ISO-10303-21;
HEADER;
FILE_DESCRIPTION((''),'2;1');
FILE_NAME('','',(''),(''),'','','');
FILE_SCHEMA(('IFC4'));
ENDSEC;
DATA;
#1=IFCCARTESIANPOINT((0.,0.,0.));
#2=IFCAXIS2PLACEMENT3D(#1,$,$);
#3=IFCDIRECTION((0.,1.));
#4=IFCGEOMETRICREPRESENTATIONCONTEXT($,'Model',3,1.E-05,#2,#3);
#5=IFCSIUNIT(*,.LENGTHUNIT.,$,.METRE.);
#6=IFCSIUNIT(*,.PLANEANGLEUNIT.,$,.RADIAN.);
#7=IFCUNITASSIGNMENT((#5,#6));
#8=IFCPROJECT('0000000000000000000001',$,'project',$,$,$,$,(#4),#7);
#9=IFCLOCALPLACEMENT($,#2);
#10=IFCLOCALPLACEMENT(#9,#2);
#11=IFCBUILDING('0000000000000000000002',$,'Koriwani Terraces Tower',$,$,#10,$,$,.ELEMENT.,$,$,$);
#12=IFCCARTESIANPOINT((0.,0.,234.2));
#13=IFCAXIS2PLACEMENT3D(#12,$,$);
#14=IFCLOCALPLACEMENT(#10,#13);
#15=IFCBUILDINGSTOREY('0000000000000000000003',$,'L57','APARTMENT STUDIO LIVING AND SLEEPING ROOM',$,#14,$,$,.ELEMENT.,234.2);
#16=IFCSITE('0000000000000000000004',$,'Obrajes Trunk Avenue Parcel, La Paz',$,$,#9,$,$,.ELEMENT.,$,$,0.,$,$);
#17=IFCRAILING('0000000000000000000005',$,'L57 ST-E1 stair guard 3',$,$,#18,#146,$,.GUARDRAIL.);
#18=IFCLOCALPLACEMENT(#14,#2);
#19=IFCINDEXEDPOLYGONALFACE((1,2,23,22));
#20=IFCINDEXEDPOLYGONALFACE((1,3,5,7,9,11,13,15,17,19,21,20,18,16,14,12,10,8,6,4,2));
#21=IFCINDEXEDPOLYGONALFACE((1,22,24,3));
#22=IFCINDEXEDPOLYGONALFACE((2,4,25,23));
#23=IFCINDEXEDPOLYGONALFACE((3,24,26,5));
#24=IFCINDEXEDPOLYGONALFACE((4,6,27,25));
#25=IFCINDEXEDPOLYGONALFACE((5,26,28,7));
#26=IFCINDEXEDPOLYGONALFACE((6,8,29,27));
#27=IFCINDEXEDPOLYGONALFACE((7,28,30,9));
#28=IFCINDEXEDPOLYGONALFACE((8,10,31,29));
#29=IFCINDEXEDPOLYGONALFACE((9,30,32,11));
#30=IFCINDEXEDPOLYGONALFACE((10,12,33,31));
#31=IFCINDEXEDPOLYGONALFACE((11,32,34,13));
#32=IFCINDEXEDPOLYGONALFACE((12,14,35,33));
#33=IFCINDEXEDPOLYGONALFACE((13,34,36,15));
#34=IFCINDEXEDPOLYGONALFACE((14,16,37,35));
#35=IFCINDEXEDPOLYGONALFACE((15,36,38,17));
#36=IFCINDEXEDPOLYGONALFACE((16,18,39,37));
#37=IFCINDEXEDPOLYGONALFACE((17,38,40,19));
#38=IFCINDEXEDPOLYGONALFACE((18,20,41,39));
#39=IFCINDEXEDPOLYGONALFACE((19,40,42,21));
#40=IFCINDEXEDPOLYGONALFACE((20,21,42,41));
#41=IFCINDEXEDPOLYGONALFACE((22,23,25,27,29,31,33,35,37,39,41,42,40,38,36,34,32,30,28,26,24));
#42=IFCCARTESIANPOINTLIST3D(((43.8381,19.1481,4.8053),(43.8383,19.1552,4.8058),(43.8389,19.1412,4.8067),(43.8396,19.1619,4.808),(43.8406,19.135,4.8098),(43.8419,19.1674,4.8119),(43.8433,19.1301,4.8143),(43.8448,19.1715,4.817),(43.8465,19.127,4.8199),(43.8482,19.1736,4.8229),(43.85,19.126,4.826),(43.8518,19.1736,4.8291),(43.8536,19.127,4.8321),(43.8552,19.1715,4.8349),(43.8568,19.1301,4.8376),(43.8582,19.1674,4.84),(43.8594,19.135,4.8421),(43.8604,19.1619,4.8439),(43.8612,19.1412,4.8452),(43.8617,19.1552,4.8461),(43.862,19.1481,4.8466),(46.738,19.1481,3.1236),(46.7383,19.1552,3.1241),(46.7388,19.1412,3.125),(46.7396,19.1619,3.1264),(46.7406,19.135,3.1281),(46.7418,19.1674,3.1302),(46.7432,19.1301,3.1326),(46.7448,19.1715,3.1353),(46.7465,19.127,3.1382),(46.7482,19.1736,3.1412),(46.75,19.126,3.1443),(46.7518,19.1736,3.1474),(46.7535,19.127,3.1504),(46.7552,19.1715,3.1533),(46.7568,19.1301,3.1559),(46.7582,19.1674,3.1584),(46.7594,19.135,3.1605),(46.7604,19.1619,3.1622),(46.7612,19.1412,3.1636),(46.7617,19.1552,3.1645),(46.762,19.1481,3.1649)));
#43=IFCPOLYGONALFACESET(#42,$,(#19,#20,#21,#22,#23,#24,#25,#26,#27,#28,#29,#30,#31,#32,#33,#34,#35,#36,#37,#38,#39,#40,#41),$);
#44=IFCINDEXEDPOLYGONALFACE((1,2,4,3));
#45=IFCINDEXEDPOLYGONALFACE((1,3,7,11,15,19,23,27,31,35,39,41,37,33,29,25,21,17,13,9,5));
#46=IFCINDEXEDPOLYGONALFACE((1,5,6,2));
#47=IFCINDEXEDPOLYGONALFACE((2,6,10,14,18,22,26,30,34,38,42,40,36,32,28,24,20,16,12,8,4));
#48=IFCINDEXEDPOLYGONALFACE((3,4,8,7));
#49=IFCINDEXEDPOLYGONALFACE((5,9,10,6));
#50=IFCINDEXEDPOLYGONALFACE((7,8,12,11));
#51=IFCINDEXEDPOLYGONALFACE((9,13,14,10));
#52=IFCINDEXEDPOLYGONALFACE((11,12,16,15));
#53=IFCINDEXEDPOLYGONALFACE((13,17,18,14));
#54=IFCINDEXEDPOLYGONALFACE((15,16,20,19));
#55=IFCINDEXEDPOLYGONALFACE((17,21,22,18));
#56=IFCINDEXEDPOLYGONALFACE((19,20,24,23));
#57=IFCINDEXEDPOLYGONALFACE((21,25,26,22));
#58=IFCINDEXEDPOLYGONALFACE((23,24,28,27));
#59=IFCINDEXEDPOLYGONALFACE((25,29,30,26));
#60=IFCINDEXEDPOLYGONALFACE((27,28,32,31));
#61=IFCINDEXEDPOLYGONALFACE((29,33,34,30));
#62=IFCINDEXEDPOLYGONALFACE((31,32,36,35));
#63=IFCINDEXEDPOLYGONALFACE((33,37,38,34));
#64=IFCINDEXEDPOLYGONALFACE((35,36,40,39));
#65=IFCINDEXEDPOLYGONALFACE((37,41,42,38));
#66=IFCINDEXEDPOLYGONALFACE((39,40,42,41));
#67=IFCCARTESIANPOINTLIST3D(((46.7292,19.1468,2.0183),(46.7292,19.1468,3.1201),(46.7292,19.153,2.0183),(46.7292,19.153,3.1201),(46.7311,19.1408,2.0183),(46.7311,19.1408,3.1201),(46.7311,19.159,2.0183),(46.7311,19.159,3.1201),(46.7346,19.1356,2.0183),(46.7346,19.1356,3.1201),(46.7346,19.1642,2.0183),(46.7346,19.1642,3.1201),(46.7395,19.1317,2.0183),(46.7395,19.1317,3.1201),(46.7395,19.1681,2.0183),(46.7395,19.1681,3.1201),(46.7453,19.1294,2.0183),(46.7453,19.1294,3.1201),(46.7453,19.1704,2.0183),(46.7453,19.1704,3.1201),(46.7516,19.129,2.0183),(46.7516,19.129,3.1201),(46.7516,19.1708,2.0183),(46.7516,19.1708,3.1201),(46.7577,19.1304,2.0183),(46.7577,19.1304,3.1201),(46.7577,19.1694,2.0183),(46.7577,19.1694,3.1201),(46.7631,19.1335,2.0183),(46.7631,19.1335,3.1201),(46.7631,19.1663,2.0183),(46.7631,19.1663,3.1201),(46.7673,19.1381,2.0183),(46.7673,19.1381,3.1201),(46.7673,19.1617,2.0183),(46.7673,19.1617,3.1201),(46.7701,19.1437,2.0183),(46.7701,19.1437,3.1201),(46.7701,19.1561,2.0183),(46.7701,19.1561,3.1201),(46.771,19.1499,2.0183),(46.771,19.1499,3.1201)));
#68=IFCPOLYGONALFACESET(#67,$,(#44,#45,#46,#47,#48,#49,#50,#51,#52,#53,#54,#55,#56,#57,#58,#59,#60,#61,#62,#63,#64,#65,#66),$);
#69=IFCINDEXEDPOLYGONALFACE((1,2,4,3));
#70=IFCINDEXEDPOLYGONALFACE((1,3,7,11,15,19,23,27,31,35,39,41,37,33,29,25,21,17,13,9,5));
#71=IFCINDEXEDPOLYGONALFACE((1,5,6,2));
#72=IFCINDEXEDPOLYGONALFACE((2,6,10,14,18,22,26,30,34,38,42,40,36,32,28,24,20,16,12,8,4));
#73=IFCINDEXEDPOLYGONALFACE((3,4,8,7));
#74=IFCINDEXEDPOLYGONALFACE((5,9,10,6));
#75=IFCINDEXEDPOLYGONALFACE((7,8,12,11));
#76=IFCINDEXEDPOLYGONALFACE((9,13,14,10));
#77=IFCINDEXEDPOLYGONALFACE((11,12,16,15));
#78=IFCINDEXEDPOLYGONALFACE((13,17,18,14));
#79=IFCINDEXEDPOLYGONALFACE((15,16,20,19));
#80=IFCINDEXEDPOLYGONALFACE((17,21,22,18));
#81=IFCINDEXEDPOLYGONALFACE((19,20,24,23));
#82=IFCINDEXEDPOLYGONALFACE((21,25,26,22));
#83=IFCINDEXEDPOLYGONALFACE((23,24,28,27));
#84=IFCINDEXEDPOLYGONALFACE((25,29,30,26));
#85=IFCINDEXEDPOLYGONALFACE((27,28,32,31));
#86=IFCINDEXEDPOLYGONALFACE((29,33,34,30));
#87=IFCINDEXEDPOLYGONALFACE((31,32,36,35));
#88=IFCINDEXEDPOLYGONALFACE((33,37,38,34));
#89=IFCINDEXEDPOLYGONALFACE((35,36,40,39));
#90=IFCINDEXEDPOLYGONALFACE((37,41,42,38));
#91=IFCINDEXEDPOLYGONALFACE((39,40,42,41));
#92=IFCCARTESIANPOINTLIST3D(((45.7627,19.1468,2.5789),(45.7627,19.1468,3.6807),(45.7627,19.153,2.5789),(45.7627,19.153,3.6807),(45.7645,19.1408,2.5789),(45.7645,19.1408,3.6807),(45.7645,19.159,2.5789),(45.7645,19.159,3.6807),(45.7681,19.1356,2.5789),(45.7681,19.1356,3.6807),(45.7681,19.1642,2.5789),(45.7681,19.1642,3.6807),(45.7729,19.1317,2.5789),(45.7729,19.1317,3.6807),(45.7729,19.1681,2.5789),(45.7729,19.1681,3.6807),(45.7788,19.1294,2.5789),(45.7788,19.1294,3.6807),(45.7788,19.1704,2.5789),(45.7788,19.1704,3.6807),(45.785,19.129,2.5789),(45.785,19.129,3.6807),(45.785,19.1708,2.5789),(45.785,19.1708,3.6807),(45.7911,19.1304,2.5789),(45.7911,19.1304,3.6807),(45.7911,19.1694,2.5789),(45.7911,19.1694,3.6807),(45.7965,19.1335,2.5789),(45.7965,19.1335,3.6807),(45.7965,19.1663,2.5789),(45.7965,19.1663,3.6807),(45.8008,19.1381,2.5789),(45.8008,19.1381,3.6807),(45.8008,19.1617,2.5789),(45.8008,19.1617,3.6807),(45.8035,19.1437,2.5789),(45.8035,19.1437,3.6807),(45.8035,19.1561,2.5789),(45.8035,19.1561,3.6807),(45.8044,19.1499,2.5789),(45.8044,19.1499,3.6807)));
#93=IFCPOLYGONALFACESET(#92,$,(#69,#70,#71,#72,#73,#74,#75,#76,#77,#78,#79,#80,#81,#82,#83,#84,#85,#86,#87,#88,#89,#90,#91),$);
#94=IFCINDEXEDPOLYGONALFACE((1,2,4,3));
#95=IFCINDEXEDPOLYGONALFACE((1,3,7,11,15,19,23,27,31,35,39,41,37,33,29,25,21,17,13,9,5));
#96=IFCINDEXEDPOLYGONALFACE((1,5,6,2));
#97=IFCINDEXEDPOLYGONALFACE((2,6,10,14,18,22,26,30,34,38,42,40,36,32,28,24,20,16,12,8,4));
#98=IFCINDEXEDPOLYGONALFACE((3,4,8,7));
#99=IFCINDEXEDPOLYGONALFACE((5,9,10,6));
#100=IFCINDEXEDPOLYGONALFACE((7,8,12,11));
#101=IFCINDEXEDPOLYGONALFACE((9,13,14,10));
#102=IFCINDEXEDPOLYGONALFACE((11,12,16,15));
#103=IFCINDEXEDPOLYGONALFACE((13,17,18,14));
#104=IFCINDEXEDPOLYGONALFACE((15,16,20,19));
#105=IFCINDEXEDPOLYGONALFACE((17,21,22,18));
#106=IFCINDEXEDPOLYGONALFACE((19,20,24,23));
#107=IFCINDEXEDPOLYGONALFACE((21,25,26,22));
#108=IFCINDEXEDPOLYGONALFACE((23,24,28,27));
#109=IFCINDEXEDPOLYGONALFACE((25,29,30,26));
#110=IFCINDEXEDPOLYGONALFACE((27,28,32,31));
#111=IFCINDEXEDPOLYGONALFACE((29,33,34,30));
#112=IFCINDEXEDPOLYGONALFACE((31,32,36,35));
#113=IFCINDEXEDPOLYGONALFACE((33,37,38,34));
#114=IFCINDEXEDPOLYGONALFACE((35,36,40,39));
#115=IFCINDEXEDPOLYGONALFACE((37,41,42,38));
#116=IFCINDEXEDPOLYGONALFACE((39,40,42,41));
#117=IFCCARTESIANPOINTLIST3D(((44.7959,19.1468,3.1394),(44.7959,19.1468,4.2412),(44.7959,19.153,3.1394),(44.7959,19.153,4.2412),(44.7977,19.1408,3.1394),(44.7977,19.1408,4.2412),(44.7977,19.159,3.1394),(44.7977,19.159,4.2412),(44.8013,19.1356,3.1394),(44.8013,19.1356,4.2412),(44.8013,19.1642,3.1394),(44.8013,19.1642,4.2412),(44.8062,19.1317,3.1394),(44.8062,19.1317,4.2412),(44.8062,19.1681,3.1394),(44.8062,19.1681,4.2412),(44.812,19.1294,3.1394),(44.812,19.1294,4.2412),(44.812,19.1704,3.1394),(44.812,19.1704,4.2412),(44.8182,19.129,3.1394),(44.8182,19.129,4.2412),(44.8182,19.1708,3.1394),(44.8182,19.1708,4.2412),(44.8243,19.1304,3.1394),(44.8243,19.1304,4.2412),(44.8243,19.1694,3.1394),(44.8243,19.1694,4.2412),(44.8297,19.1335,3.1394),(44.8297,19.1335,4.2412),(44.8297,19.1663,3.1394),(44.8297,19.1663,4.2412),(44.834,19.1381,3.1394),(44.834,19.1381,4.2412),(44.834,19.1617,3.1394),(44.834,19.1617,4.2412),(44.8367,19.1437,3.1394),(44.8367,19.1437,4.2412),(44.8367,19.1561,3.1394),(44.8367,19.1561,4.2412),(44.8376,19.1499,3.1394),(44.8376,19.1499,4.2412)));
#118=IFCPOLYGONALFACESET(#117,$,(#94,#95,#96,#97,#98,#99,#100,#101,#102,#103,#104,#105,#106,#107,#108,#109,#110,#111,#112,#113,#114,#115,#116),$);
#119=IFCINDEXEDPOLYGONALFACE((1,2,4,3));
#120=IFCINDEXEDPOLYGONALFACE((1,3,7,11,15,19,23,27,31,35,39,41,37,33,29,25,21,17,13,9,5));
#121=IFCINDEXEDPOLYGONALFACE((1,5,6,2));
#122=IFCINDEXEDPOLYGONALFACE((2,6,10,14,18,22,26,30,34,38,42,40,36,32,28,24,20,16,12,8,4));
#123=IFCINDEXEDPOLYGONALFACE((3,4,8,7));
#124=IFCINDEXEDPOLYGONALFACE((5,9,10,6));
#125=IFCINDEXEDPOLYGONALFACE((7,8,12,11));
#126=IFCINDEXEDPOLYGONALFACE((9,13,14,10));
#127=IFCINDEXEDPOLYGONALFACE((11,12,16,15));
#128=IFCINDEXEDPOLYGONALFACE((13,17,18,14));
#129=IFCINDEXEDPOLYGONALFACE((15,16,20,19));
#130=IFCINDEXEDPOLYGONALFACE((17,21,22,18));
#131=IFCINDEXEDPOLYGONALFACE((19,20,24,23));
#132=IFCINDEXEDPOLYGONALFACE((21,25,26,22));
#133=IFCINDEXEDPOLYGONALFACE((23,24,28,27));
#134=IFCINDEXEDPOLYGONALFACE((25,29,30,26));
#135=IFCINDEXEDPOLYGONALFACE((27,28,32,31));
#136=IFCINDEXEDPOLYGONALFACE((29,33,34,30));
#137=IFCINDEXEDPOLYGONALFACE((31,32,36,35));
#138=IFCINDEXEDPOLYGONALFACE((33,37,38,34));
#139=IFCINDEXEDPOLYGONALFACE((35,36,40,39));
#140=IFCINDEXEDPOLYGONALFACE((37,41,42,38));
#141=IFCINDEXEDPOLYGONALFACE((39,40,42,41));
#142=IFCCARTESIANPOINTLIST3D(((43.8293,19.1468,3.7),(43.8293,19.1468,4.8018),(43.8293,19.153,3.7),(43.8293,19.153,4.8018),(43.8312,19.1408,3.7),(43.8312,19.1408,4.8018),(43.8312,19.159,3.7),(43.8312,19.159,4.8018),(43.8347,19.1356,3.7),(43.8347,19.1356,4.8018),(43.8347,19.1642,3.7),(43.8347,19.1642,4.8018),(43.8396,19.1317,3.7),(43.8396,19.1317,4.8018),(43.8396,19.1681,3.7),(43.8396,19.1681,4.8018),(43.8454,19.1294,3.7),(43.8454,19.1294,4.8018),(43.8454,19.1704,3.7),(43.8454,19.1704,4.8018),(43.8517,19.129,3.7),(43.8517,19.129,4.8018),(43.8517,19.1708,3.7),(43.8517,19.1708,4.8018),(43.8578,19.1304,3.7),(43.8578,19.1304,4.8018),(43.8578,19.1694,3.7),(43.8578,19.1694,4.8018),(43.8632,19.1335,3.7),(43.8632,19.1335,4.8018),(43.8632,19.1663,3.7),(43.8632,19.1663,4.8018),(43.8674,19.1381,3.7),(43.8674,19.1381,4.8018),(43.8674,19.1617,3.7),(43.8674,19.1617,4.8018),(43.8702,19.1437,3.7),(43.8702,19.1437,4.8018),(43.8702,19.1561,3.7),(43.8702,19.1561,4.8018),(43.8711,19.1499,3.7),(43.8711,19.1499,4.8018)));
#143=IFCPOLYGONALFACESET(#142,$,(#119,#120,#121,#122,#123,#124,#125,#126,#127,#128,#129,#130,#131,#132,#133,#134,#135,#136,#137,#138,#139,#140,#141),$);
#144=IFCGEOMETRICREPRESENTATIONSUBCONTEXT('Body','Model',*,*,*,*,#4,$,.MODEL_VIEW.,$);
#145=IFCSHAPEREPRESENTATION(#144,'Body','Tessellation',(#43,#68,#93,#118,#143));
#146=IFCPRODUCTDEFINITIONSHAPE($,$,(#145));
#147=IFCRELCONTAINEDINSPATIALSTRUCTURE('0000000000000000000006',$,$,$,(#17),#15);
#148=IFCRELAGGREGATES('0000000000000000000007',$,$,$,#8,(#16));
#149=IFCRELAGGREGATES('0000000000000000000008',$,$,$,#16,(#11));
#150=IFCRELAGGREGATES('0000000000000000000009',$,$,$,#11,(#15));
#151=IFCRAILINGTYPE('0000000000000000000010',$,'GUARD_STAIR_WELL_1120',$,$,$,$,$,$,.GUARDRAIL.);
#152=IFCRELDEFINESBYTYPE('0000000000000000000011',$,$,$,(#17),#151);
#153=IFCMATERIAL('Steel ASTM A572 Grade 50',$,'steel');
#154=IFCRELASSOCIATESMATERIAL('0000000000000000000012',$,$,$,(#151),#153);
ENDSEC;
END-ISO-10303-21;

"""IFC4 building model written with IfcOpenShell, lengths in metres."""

from ifc_helpers import new_model, si_unit, direction, frame, origin, origin_2d, place, context, subcontext, project, spatial, circle, extrude, material, type_object, element, save


model = new_model("IFC4")

# Units and contexts
model_context = context("Model", 3, precision=1e-05, world=origin(), true_north=direction((0.0, 1.0)))
body_context = subcontext(model_context, "Body", "Model", "MODEL_VIEW")
ifc_project = project(units=[si_unit("LENGTHUNIT", "METRE"), si_unit("PLANEANGLEUNIT", "RADIAN")], contexts=[model_context])

# Site, building, storey
site_placement = place(None, origin())
site = spatial("IfcSite", under=ifc_project, at=site_placement, Name="Obrajes Trunk Avenue Parcel, La Paz", CompositionType="ELEMENT", RefElevation=0.0)
building_placement = place(site_placement, origin())
building = spatial("IfcBuilding", under=site, at=building_placement, Name="Koriwani Terraces Tower", CompositionType="ELEMENT")
storey_placement = place(building_placement, frame((0.0, 0.0, 234.2)))
storey = spatial("IfcBuildingStorey", under=building, at=storey_placement, Name="L57", Description="APARTMENT STUDIO LIVING AND SLEEPING ROOM", CompositionType="ELEMENT", Elevation=234.2)

# Shared definitions
ifc_material_1 = material(Name="Steel ASTM A572 Grade 50", Category="steel")

# Railing
railing_type_1 = type_object("IfcRailingType", Name="GUARD_STAIR_WELL_1120", PredefinedType="GUARDRAIL", material=ifc_material_1)
railing_1_placement = place(storey_placement, frame((46.75, 19.1499, 2.0183)))
element("IfcRailing", 1, at=railing_1_placement, inside=storey, type_object=railing_type_1, Name="L57 ST-E1 stair guard 3", PredefinedType="GUARDRAIL", context=body_context, shape_type="SweptSolid", body=[
    extrude(circle(Radius=0.0239, at=origin_2d()), frame((0.0, 0.0, 1.126), z_axis=(-0.86507, 0.0, 0.501651), x_axis=(0.0, -1.0, 0.0)), (0.0, 0.0, 1.0), 3.3523),
    extrude(circle(Radius=0.021, at=origin_2d()), origin(), (0.0, 0.0, 1.0), 1.1018),
    extrude(circle(Radius=0.021, at=origin_2d()), frame((-0.9666, 0.0, 0.5605)), (0.0, 0.0, 1.0), 1.1018),
    extrude(circle(Radius=0.021, at=origin_2d()), frame((-1.9333, 0.0, 1.1211)), (0.0, 0.0, 1.0), 1.1018),
    extrude(circle(Radius=0.021, at=origin_2d()), frame((-2.8999, 0.0, 1.6816)), (0.0, 0.0, 1.0), 1.1018),
])

save(model, "model.ifc")
